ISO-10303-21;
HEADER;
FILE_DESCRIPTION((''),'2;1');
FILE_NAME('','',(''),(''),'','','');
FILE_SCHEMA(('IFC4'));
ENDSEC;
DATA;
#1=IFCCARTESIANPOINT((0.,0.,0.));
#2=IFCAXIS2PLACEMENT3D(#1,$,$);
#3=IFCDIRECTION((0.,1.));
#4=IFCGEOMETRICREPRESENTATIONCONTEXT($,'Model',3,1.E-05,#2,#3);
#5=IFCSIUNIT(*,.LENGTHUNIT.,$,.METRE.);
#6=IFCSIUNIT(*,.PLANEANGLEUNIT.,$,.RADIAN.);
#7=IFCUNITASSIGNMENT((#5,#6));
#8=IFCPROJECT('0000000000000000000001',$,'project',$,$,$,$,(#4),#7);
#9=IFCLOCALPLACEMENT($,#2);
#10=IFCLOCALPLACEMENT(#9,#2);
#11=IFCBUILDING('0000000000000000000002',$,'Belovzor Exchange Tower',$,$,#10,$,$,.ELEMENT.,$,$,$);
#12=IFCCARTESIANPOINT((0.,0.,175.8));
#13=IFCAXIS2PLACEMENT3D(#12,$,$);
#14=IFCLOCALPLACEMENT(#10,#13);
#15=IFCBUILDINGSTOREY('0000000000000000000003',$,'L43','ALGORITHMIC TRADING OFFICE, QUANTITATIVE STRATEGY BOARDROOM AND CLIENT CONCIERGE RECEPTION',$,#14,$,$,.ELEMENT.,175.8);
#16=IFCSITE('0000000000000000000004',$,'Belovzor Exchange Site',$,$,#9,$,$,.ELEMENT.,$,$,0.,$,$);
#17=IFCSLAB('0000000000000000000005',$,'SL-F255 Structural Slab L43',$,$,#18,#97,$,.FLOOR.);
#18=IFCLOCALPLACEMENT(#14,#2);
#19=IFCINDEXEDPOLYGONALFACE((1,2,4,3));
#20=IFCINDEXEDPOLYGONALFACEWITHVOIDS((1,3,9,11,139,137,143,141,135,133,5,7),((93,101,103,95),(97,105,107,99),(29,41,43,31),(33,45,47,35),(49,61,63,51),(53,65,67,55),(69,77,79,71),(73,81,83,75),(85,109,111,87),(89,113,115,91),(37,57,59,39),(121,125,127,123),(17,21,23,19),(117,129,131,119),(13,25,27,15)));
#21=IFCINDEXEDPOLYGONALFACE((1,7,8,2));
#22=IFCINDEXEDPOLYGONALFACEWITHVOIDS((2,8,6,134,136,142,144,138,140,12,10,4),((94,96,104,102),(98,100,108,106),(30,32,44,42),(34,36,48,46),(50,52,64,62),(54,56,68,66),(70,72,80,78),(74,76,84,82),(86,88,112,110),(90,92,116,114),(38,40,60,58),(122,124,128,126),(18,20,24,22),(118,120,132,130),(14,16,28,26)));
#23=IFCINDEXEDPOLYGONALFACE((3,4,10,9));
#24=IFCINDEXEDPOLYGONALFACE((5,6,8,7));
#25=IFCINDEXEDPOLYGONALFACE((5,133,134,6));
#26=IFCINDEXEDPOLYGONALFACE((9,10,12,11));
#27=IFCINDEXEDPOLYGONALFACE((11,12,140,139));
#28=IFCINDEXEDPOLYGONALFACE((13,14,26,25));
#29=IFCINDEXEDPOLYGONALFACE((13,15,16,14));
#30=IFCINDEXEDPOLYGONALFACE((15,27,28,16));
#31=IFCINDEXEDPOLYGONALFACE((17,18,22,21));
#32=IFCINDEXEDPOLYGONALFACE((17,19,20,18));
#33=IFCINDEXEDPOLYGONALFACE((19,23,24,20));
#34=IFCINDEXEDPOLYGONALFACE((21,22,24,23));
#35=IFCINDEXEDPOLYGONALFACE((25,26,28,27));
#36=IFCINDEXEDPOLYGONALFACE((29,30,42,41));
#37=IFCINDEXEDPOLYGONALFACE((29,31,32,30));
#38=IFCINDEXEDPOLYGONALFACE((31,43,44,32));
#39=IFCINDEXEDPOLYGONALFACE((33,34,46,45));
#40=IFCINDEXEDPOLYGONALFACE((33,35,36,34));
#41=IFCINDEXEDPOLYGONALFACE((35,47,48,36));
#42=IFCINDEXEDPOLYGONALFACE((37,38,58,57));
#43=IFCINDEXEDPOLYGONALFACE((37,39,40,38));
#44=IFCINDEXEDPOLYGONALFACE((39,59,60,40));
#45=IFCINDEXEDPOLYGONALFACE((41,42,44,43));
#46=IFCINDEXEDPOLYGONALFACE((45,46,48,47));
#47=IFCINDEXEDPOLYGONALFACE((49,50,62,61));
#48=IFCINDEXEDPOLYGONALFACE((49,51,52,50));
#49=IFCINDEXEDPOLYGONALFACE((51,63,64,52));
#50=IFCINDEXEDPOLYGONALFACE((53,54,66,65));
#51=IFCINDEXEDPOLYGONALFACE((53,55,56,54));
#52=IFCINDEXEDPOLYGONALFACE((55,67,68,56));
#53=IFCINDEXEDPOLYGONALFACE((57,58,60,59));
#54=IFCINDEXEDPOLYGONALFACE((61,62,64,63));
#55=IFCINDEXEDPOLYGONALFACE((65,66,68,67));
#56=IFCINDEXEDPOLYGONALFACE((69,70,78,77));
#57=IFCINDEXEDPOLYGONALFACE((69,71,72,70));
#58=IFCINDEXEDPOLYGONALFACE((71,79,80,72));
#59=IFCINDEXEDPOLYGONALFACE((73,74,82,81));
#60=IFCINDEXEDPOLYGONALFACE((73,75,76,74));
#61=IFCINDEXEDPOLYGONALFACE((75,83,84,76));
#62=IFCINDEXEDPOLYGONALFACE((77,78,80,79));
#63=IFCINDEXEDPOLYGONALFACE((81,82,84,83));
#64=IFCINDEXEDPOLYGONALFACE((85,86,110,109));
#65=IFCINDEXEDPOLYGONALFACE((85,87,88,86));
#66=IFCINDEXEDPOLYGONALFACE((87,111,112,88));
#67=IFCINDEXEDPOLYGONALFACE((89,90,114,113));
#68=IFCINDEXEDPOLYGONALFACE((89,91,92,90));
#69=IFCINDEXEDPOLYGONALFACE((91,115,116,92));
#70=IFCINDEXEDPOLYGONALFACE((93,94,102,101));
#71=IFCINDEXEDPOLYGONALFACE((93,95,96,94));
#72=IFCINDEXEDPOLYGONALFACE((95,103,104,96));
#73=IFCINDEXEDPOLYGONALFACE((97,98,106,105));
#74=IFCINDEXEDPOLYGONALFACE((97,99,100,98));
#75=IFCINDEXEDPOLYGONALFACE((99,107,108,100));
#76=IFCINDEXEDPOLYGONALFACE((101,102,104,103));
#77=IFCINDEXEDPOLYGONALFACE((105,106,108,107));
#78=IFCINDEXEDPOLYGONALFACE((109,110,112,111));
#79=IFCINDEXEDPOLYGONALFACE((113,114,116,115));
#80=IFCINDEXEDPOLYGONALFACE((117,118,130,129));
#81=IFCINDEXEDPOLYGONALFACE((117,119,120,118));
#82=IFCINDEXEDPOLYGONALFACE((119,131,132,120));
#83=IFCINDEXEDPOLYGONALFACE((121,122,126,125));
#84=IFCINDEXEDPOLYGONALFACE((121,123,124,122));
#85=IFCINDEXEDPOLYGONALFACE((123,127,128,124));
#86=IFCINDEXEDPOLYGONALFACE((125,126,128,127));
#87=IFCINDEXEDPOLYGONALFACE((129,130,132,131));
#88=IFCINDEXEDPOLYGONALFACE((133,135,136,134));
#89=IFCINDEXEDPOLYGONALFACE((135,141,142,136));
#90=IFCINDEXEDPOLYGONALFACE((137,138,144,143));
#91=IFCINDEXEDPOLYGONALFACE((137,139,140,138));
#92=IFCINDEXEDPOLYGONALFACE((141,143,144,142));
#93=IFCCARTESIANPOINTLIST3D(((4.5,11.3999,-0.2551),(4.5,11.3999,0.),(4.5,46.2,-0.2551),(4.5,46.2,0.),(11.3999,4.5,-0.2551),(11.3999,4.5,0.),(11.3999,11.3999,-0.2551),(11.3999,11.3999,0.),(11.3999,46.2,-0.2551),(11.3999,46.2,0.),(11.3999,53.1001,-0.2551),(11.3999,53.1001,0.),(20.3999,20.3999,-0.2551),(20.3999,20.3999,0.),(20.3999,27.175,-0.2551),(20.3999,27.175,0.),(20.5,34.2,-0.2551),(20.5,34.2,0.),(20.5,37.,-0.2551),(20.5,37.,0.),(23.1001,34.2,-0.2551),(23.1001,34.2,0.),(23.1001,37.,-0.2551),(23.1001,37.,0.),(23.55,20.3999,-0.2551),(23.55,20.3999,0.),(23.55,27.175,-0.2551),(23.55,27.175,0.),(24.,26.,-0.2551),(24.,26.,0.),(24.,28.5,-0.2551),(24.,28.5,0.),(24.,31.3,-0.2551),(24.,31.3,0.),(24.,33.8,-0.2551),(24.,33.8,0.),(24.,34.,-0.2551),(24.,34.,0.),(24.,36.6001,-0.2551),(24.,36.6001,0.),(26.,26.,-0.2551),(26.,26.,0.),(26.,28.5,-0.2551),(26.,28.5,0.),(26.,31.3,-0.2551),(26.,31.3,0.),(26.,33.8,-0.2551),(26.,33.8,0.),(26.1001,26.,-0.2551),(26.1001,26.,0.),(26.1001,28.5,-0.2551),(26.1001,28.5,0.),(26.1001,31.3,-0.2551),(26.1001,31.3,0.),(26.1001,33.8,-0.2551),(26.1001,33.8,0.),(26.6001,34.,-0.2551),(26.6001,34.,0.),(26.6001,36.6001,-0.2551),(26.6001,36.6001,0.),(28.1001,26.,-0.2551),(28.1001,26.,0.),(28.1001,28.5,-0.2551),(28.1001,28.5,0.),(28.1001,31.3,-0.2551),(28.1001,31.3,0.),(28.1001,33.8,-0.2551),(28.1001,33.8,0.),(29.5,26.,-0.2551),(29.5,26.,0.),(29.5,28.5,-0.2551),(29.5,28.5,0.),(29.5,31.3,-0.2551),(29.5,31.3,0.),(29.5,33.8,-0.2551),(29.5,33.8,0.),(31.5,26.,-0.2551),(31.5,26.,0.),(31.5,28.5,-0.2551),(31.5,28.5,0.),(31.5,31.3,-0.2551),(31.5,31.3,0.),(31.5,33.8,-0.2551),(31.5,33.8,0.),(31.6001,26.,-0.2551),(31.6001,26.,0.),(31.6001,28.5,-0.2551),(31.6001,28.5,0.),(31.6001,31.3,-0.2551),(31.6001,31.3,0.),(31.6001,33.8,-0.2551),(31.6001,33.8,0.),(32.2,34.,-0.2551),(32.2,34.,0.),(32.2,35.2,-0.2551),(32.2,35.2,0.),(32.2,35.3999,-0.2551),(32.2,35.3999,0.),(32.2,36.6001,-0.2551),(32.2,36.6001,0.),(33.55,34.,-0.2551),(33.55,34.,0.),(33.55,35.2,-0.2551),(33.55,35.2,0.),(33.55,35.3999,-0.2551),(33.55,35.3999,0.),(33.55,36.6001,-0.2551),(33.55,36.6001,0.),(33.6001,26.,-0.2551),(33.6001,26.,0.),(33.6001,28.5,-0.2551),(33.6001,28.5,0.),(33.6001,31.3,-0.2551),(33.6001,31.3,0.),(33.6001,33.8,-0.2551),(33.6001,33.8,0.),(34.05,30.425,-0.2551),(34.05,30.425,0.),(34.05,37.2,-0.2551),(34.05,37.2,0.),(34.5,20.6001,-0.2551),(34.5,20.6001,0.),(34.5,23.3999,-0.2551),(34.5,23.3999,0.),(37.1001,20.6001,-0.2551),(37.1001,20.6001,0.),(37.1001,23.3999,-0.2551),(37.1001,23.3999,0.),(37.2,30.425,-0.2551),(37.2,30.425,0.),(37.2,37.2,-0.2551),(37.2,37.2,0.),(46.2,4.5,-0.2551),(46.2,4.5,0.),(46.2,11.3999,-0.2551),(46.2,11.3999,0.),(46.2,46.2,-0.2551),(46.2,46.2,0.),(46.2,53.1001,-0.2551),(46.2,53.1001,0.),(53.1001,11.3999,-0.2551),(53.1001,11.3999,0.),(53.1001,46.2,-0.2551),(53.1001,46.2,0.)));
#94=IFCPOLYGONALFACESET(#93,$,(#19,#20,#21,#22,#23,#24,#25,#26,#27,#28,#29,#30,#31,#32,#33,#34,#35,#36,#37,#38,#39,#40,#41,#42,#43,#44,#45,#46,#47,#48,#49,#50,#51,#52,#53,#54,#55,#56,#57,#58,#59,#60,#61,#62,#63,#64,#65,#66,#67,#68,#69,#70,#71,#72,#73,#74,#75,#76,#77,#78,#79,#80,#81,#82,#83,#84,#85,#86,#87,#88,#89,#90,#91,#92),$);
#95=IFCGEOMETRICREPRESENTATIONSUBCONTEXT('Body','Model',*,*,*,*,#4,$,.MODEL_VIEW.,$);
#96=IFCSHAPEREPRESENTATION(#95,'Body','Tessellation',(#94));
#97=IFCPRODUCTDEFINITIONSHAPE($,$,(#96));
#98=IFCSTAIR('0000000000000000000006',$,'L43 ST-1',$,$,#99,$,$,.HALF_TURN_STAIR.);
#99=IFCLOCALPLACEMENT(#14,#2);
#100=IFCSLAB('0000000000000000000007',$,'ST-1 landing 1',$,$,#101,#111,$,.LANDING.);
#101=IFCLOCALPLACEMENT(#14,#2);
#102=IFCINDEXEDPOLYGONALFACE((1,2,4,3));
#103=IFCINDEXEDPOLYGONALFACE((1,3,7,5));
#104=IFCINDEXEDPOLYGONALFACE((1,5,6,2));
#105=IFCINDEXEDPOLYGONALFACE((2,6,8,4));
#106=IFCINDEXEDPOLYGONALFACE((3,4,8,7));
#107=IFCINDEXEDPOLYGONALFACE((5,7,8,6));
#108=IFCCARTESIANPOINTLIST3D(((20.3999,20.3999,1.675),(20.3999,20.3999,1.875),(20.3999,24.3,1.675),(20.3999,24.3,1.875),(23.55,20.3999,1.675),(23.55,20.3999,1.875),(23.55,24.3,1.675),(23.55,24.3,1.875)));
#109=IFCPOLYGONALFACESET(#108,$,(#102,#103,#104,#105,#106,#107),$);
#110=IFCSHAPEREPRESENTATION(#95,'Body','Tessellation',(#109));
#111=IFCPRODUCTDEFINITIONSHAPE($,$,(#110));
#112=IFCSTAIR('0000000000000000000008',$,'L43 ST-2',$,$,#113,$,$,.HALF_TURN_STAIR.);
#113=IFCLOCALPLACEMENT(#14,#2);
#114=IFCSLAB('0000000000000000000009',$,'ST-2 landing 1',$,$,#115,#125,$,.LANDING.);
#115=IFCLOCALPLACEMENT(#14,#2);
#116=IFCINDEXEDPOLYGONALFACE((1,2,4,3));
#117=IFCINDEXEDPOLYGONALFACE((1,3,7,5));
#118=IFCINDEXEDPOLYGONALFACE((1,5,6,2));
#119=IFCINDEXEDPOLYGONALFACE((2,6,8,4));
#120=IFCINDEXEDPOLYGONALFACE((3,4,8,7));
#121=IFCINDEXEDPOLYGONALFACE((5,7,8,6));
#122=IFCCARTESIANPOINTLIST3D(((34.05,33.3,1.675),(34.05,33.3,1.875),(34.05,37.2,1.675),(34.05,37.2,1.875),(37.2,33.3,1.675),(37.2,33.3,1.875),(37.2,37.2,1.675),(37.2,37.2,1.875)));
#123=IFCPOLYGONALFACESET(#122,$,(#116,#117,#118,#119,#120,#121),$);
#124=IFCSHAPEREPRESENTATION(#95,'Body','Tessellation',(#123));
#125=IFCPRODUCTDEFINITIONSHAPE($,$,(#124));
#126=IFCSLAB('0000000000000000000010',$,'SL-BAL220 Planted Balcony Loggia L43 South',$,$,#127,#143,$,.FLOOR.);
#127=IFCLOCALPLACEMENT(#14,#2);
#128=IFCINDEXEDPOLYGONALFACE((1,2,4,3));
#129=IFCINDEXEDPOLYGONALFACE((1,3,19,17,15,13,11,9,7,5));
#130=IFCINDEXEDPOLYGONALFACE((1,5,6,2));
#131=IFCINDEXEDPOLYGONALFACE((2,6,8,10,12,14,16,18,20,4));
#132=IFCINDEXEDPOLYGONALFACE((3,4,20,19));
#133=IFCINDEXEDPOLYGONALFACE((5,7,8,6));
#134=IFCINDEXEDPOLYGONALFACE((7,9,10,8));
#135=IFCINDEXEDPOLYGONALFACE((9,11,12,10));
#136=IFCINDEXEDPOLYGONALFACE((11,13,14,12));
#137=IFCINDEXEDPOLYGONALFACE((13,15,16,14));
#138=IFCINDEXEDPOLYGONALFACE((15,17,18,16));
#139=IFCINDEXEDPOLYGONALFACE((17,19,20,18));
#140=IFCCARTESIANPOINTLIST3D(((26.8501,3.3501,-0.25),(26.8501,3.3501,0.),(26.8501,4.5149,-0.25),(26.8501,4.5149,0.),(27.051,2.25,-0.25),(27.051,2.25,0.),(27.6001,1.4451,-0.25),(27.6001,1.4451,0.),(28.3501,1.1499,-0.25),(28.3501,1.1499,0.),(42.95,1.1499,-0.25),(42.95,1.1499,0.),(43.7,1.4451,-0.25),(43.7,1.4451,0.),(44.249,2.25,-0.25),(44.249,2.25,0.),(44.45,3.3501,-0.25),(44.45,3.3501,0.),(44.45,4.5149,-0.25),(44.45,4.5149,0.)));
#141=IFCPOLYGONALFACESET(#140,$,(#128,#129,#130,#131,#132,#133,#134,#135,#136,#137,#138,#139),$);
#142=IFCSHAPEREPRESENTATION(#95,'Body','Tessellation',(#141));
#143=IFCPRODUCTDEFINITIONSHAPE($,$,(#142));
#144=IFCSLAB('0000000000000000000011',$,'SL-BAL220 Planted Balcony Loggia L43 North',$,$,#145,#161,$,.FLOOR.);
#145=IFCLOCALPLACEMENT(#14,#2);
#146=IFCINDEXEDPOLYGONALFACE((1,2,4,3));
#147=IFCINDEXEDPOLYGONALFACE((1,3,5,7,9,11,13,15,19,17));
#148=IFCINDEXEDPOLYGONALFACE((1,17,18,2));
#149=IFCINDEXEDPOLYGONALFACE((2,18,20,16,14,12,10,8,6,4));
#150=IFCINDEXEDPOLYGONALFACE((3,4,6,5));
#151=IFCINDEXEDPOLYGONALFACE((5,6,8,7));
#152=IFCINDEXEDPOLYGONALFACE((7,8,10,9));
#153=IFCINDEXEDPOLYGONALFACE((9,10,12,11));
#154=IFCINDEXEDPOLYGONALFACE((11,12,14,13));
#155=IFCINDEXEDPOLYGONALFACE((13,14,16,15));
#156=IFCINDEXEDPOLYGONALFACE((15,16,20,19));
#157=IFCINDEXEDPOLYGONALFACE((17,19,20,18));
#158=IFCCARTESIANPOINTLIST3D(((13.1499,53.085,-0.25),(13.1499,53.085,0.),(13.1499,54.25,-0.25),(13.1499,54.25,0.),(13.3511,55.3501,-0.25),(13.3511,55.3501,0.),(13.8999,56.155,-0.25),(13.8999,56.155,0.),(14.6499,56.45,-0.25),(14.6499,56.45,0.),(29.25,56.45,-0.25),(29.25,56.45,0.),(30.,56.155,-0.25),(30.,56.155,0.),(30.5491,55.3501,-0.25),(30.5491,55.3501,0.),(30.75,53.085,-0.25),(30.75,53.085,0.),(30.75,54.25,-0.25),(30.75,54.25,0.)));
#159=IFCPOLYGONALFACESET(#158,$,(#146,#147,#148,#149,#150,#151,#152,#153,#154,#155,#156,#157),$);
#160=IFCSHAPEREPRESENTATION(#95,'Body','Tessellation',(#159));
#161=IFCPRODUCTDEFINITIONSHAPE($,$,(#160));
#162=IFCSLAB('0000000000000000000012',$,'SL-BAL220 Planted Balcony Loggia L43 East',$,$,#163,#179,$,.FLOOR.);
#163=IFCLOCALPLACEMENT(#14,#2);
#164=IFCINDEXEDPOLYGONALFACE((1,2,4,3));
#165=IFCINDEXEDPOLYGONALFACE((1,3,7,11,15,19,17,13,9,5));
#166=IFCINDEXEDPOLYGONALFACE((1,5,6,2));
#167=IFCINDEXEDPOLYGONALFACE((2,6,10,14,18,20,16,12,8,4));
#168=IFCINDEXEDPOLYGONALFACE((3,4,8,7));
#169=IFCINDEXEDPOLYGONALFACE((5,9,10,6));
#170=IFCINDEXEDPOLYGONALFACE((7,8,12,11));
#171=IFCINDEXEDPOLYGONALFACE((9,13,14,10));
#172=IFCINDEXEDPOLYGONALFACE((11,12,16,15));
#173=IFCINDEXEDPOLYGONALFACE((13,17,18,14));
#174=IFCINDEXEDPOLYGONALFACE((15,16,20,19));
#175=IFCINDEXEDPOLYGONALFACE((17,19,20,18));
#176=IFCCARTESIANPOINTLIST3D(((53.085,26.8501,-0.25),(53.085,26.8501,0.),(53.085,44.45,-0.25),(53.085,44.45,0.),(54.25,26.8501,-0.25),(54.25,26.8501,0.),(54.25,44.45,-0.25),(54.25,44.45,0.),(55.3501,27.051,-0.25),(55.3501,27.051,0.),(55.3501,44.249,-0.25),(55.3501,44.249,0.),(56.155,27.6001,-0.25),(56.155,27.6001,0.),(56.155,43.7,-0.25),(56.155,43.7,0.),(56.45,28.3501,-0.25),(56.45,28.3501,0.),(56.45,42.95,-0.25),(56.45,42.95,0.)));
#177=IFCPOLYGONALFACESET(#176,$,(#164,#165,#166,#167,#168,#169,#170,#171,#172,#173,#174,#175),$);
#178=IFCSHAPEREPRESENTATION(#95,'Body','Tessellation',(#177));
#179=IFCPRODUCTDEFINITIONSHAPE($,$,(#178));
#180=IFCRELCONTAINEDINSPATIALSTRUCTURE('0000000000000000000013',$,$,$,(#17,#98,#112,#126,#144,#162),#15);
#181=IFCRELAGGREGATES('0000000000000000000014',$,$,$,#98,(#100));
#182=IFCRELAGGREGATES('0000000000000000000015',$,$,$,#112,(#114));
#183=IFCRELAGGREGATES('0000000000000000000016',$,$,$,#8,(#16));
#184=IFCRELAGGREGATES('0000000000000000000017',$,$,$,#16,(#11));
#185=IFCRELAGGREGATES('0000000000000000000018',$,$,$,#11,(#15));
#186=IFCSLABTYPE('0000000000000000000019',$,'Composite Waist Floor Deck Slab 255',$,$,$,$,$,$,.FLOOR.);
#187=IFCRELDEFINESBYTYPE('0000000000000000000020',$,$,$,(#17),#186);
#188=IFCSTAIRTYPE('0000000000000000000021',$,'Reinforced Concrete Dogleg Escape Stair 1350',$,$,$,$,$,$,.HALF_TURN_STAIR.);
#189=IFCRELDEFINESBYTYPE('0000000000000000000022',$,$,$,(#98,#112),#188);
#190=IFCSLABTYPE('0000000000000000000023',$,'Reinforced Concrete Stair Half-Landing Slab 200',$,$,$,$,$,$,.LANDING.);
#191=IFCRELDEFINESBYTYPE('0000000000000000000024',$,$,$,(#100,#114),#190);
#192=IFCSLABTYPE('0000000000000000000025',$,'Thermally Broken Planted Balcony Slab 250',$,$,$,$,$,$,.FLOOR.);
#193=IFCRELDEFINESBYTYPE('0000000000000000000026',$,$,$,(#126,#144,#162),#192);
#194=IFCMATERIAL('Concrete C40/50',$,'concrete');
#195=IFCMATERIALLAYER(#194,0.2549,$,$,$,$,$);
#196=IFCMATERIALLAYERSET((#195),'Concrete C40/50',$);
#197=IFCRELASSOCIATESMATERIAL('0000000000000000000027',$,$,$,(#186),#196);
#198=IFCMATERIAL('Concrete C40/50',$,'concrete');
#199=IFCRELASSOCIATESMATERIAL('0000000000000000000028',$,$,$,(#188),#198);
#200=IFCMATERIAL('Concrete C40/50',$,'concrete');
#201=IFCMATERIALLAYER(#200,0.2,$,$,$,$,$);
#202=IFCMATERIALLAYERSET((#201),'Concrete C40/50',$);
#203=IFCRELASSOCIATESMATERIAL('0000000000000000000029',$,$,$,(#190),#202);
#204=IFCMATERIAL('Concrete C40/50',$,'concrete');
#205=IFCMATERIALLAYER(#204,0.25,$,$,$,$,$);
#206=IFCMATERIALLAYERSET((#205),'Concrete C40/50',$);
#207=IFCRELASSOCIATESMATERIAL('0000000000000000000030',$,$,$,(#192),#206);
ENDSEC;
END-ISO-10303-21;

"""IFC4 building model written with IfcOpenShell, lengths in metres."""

from ifc_helpers import new_model, si_unit, direction, frame, origin, place, context, subcontext, project, spatial, polyline, outline, extrude, material, layer, layer_set, type_object, element, aggregate, save


model = new_model("IFC4")

# Units and contexts
model_context = context("Model", 3, precision=1e-05, world=origin(), true_north=direction((0.0, 1.0)))
body_context = subcontext(model_context, "Body", "Model", "MODEL_VIEW")
ifc_project = project(units=[si_unit("LENGTHUNIT", "METRE"), si_unit("PLANEANGLEUNIT", "RADIAN")], contexts=[model_context])

# Site, building, storey
site_placement = place(None, origin())
site = spatial("IfcSite", under=ifc_project, at=site_placement, Name="Belovzor Exchange Site", CompositionType="ELEMENT", RefElevation=0.0)
building_placement = place(site_placement, origin())
building = spatial("IfcBuilding", under=site, at=building_placement, Name="Belovzor Exchange Tower", CompositionType="ELEMENT")
storey_placement = place(building_placement, frame((0.0, 0.0, 175.8)))
storey = spatial("IfcBuildingStorey", under=building, at=storey_placement, Name="L43", Description="ALGORITHMIC TRADING OFFICE, QUANTITATIVE STRATEGY BOARDROOM AND CLIENT CONCIERGE RECEPTION", CompositionType="ELEMENT", Elevation=175.8)

# Slab
ifc_material_1 = material(Name="Concrete C40/50", Category="concrete")
ifc_layer_1 = layer(ifc_material_1, 0.2549)
ifc_layer_set_1 = layer_set([ifc_layer_1], Name="Concrete C40/50")
slab_type_1 = type_object("IfcSlabType", Name="Composite Waist Floor Deck Slab 255", PredefinedType="FLOOR", material=ifc_layer_set_1)
slab_1_placement = place(storey_placement, frame((0.0, 0.0, -0.2551)))
element("IfcSlab", 1, at=slab_1_placement, inside=storey, type_object=slab_type_1, Name="SL-F255 Structural Slab L43", PredefinedType="FLOOR", context=body_context, shape_type="SweptSolid", body=[
    extrude(outline(polyline([(11.3999, 4.5), (46.2, 4.5), (46.2, 11.3999), (53.1001, 11.3999), (53.1001, 46.2), (46.2, 46.2), (46.2, 53.1001), (11.3999, 53.1001), (11.3999, 46.2), (4.5, 46.2), (4.5, 11.3999), (11.3999, 11.3999), (11.3999, 4.5)]), holes=[polyline([(20.3999, 27.175), (20.3999, 20.3999), (23.55, 20.3999), (23.55, 27.175), (20.3999, 27.175)]), polyline([(37.2, 30.425), (37.2, 37.2), (34.05, 37.2), (34.05, 30.425), (37.2, 30.425)]), polyline([(20.5, 34.2), (23.1001, 34.2), (23.1001, 37.0), (20.5, 37.0), (20.5, 34.2)]), polyline([(34.5, 20.6001), (37.1001, 20.6001), (37.1001, 23.3999), (34.5, 23.3999), (34.5, 20.6001)]), polyline([(24.0, 34.0), (26.6001, 34.0), (26.6001, 36.6001), (24.0, 36.6001), (24.0, 34.0)]), polyline([(24.0, 26.0), (26.0, 26.0), (26.0, 28.5), (24.0, 28.5), (24.0, 26.0)]), polyline([(26.1001, 26.0), (28.1001, 26.0), (28.1001, 28.5), (26.1001, 28.5), (26.1001, 26.0)]), polyline([(29.5, 26.0), (31.5, 26.0), (31.5, 28.5), (29.5, 28.5), (29.5, 26.0)]), polyline([(31.6001, 26.0), (33.6001, 26.0), (33.6001, 28.5), (31.6001, 28.5), (31.6001, 26.0)]), polyline([(24.0, 31.3), (26.0, 31.3), (26.0, 33.8), (24.0, 33.8), (24.0, 31.3)]), polyline([(26.1001, 31.3), (28.1001, 31.3), (28.1001, 33.8), (26.1001, 33.8), (26.1001, 31.3)]), polyline([(29.5, 31.3), (31.5, 31.3), (31.5, 33.8), (29.5, 33.8), (29.5, 31.3)]), polyline([(31.6001, 31.3), (33.6001, 31.3), (33.6001, 33.8), (31.6001, 33.8), (31.6001, 31.3)]), polyline([(32.2, 34.0), (33.55, 34.0), (33.55, 35.2), (32.2, 35.2), (32.2, 34.0)]), polyline([(32.2, 35.3999), (33.55, 35.3999), (33.55, 36.6001), (32.2, 36.6001), (32.2, 35.3999)])]), origin(), (0.0, 0.0, 1.0), 0.2551),
])

# Stairs, slabs
ifc_material_2 = material(Name="Concrete C40/50", Category="concrete")
stair_type = type_object("IfcStairType", Name="Reinforced Concrete Dogleg Escape Stair 1350", PredefinedType="HALF_TURN_STAIR", material=ifc_material_2)
stair_1_placement = place(storey_placement, origin())
stair_1 = element("IfcStair", 2, at=stair_1_placement, inside=storey, type_object=stair_type, Name="L43 ST-1", PredefinedType="HALF_TURN_STAIR")
ifc_material_3 = material(Name="Concrete C40/50", Category="concrete")
ifc_layer_2 = layer(ifc_material_3, 0.2)
ifc_layer_set_2 = layer_set([ifc_layer_2], Name="Concrete C40/50")
slab_type_2 = type_object("IfcSlabType", Name="Reinforced Concrete Stair Half-Landing Slab 200", PredefinedType="LANDING", material=ifc_layer_set_2)
slab_2_placement = place(storey_placement, frame((0.0, 0.0, 1.675)))
slab_2 = element("IfcSlab", 3, at=slab_2_placement, type_object=slab_type_2, Name="ST-1 landing 1", PredefinedType="LANDING", context=body_context, shape_type="SweptSolid", body=[
    extrude(outline(polyline([(20.3999, 24.3), (20.3999, 20.3999), (23.55, 20.3999), (23.55, 24.3), (20.3999, 24.3)])), origin(), (0.0, 0.0, 1.0), 0.2),
])
aggregate(stair_1, [slab_2])
stair_2_placement = place(storey_placement, origin())
stair_2 = element("IfcStair", 4, at=stair_2_placement, inside=storey, type_object=stair_type, Name="L43 ST-2", PredefinedType="HALF_TURN_STAIR")
slab_3_placement = place(storey_placement, frame((0.0, 0.0, 1.675)))
slab_3 = element("IfcSlab", 5, at=slab_3_placement, type_object=slab_type_2, Name="ST-2 landing 1", PredefinedType="LANDING", context=body_context, shape_type="SweptSolid", body=[
    extrude(outline(polyline([(37.2, 33.3), (37.2, 37.2), (34.05, 37.2), (34.05, 33.3), (37.2, 33.3)])), origin(), (0.0, 0.0, 1.0), 0.2),
])
aggregate(stair_2, [slab_3])

# Slabs
ifc_material_4 = material(Name="Concrete C40/50", Category="concrete")
ifc_layer_3 = layer(ifc_material_4, 0.25)
ifc_layer_set_3 = layer_set([ifc_layer_3], Name="Concrete C40/50")
slab_type_3 = type_object("IfcSlabType", Name="Thermally Broken Planted Balcony Slab 250", PredefinedType="FLOOR", material=ifc_layer_set_3)
slab_4_placement = place(storey_placement, frame((0.0, 0.0, -0.25)))
element("IfcSlab", 6, at=slab_4_placement, inside=storey, type_object=slab_type_3, Name="SL-BAL220 Planted Balcony Loggia L43 South", PredefinedType="FLOOR", context=body_context, shape_type="SweptSolid", body=[
    extrude(outline(polyline([(26.8501, 4.5149), (26.8501, 3.3501), (27.051, 2.25), (27.6001, 1.4451), (28.3501, 1.1499), (42.95, 1.1499), (43.7, 1.4451), (44.249, 2.25), (44.45, 3.3501), (44.45, 4.5149), (26.8501, 4.5149)])), origin(), (0.0, 0.0, 1.0), 0.25),
])
slab_5_placement = place(storey_placement, frame((0.0, 0.0, -0.25)))
element("IfcSlab", 7, at=slab_5_placement, inside=storey, type_object=slab_type_3, Name="SL-BAL220 Planted Balcony Loggia L43 North", PredefinedType="FLOOR", context=body_context, shape_type="SweptSolid", body=[
    extrude(outline(polyline([(30.75, 53.085), (30.75, 54.25), (30.5491, 55.3501), (30.0, 56.155), (29.25, 56.45), (14.6499, 56.45), (13.8999, 56.155), (13.3511, 55.3501), (13.1499, 54.25), (13.1499, 53.085), (30.75, 53.085)])), origin(), (0.0, 0.0, 1.0), 0.25),
])
slab_6_placement = place(storey_placement, frame((0.0, 0.0, -0.25)))
element("IfcSlab", 8, at=slab_6_placement, inside=storey, type_object=slab_type_3, Name="SL-BAL220 Planted Balcony Loggia L43 East", PredefinedType="FLOOR", context=body_context, shape_type="SweptSolid", body=[
    extrude(outline(polyline([(53.085, 26.8501), (54.25, 26.8501), (55.3501, 27.051), (56.155, 27.6001), (56.45, 28.3501), (56.45, 42.95), (56.155, 43.7), (55.3501, 44.249), (54.25, 44.45), (53.085, 44.45), (53.085, 26.8501)])), origin(), (0.0, 0.0, 1.0), 0.25),
])

save(model, "model.ifc")
